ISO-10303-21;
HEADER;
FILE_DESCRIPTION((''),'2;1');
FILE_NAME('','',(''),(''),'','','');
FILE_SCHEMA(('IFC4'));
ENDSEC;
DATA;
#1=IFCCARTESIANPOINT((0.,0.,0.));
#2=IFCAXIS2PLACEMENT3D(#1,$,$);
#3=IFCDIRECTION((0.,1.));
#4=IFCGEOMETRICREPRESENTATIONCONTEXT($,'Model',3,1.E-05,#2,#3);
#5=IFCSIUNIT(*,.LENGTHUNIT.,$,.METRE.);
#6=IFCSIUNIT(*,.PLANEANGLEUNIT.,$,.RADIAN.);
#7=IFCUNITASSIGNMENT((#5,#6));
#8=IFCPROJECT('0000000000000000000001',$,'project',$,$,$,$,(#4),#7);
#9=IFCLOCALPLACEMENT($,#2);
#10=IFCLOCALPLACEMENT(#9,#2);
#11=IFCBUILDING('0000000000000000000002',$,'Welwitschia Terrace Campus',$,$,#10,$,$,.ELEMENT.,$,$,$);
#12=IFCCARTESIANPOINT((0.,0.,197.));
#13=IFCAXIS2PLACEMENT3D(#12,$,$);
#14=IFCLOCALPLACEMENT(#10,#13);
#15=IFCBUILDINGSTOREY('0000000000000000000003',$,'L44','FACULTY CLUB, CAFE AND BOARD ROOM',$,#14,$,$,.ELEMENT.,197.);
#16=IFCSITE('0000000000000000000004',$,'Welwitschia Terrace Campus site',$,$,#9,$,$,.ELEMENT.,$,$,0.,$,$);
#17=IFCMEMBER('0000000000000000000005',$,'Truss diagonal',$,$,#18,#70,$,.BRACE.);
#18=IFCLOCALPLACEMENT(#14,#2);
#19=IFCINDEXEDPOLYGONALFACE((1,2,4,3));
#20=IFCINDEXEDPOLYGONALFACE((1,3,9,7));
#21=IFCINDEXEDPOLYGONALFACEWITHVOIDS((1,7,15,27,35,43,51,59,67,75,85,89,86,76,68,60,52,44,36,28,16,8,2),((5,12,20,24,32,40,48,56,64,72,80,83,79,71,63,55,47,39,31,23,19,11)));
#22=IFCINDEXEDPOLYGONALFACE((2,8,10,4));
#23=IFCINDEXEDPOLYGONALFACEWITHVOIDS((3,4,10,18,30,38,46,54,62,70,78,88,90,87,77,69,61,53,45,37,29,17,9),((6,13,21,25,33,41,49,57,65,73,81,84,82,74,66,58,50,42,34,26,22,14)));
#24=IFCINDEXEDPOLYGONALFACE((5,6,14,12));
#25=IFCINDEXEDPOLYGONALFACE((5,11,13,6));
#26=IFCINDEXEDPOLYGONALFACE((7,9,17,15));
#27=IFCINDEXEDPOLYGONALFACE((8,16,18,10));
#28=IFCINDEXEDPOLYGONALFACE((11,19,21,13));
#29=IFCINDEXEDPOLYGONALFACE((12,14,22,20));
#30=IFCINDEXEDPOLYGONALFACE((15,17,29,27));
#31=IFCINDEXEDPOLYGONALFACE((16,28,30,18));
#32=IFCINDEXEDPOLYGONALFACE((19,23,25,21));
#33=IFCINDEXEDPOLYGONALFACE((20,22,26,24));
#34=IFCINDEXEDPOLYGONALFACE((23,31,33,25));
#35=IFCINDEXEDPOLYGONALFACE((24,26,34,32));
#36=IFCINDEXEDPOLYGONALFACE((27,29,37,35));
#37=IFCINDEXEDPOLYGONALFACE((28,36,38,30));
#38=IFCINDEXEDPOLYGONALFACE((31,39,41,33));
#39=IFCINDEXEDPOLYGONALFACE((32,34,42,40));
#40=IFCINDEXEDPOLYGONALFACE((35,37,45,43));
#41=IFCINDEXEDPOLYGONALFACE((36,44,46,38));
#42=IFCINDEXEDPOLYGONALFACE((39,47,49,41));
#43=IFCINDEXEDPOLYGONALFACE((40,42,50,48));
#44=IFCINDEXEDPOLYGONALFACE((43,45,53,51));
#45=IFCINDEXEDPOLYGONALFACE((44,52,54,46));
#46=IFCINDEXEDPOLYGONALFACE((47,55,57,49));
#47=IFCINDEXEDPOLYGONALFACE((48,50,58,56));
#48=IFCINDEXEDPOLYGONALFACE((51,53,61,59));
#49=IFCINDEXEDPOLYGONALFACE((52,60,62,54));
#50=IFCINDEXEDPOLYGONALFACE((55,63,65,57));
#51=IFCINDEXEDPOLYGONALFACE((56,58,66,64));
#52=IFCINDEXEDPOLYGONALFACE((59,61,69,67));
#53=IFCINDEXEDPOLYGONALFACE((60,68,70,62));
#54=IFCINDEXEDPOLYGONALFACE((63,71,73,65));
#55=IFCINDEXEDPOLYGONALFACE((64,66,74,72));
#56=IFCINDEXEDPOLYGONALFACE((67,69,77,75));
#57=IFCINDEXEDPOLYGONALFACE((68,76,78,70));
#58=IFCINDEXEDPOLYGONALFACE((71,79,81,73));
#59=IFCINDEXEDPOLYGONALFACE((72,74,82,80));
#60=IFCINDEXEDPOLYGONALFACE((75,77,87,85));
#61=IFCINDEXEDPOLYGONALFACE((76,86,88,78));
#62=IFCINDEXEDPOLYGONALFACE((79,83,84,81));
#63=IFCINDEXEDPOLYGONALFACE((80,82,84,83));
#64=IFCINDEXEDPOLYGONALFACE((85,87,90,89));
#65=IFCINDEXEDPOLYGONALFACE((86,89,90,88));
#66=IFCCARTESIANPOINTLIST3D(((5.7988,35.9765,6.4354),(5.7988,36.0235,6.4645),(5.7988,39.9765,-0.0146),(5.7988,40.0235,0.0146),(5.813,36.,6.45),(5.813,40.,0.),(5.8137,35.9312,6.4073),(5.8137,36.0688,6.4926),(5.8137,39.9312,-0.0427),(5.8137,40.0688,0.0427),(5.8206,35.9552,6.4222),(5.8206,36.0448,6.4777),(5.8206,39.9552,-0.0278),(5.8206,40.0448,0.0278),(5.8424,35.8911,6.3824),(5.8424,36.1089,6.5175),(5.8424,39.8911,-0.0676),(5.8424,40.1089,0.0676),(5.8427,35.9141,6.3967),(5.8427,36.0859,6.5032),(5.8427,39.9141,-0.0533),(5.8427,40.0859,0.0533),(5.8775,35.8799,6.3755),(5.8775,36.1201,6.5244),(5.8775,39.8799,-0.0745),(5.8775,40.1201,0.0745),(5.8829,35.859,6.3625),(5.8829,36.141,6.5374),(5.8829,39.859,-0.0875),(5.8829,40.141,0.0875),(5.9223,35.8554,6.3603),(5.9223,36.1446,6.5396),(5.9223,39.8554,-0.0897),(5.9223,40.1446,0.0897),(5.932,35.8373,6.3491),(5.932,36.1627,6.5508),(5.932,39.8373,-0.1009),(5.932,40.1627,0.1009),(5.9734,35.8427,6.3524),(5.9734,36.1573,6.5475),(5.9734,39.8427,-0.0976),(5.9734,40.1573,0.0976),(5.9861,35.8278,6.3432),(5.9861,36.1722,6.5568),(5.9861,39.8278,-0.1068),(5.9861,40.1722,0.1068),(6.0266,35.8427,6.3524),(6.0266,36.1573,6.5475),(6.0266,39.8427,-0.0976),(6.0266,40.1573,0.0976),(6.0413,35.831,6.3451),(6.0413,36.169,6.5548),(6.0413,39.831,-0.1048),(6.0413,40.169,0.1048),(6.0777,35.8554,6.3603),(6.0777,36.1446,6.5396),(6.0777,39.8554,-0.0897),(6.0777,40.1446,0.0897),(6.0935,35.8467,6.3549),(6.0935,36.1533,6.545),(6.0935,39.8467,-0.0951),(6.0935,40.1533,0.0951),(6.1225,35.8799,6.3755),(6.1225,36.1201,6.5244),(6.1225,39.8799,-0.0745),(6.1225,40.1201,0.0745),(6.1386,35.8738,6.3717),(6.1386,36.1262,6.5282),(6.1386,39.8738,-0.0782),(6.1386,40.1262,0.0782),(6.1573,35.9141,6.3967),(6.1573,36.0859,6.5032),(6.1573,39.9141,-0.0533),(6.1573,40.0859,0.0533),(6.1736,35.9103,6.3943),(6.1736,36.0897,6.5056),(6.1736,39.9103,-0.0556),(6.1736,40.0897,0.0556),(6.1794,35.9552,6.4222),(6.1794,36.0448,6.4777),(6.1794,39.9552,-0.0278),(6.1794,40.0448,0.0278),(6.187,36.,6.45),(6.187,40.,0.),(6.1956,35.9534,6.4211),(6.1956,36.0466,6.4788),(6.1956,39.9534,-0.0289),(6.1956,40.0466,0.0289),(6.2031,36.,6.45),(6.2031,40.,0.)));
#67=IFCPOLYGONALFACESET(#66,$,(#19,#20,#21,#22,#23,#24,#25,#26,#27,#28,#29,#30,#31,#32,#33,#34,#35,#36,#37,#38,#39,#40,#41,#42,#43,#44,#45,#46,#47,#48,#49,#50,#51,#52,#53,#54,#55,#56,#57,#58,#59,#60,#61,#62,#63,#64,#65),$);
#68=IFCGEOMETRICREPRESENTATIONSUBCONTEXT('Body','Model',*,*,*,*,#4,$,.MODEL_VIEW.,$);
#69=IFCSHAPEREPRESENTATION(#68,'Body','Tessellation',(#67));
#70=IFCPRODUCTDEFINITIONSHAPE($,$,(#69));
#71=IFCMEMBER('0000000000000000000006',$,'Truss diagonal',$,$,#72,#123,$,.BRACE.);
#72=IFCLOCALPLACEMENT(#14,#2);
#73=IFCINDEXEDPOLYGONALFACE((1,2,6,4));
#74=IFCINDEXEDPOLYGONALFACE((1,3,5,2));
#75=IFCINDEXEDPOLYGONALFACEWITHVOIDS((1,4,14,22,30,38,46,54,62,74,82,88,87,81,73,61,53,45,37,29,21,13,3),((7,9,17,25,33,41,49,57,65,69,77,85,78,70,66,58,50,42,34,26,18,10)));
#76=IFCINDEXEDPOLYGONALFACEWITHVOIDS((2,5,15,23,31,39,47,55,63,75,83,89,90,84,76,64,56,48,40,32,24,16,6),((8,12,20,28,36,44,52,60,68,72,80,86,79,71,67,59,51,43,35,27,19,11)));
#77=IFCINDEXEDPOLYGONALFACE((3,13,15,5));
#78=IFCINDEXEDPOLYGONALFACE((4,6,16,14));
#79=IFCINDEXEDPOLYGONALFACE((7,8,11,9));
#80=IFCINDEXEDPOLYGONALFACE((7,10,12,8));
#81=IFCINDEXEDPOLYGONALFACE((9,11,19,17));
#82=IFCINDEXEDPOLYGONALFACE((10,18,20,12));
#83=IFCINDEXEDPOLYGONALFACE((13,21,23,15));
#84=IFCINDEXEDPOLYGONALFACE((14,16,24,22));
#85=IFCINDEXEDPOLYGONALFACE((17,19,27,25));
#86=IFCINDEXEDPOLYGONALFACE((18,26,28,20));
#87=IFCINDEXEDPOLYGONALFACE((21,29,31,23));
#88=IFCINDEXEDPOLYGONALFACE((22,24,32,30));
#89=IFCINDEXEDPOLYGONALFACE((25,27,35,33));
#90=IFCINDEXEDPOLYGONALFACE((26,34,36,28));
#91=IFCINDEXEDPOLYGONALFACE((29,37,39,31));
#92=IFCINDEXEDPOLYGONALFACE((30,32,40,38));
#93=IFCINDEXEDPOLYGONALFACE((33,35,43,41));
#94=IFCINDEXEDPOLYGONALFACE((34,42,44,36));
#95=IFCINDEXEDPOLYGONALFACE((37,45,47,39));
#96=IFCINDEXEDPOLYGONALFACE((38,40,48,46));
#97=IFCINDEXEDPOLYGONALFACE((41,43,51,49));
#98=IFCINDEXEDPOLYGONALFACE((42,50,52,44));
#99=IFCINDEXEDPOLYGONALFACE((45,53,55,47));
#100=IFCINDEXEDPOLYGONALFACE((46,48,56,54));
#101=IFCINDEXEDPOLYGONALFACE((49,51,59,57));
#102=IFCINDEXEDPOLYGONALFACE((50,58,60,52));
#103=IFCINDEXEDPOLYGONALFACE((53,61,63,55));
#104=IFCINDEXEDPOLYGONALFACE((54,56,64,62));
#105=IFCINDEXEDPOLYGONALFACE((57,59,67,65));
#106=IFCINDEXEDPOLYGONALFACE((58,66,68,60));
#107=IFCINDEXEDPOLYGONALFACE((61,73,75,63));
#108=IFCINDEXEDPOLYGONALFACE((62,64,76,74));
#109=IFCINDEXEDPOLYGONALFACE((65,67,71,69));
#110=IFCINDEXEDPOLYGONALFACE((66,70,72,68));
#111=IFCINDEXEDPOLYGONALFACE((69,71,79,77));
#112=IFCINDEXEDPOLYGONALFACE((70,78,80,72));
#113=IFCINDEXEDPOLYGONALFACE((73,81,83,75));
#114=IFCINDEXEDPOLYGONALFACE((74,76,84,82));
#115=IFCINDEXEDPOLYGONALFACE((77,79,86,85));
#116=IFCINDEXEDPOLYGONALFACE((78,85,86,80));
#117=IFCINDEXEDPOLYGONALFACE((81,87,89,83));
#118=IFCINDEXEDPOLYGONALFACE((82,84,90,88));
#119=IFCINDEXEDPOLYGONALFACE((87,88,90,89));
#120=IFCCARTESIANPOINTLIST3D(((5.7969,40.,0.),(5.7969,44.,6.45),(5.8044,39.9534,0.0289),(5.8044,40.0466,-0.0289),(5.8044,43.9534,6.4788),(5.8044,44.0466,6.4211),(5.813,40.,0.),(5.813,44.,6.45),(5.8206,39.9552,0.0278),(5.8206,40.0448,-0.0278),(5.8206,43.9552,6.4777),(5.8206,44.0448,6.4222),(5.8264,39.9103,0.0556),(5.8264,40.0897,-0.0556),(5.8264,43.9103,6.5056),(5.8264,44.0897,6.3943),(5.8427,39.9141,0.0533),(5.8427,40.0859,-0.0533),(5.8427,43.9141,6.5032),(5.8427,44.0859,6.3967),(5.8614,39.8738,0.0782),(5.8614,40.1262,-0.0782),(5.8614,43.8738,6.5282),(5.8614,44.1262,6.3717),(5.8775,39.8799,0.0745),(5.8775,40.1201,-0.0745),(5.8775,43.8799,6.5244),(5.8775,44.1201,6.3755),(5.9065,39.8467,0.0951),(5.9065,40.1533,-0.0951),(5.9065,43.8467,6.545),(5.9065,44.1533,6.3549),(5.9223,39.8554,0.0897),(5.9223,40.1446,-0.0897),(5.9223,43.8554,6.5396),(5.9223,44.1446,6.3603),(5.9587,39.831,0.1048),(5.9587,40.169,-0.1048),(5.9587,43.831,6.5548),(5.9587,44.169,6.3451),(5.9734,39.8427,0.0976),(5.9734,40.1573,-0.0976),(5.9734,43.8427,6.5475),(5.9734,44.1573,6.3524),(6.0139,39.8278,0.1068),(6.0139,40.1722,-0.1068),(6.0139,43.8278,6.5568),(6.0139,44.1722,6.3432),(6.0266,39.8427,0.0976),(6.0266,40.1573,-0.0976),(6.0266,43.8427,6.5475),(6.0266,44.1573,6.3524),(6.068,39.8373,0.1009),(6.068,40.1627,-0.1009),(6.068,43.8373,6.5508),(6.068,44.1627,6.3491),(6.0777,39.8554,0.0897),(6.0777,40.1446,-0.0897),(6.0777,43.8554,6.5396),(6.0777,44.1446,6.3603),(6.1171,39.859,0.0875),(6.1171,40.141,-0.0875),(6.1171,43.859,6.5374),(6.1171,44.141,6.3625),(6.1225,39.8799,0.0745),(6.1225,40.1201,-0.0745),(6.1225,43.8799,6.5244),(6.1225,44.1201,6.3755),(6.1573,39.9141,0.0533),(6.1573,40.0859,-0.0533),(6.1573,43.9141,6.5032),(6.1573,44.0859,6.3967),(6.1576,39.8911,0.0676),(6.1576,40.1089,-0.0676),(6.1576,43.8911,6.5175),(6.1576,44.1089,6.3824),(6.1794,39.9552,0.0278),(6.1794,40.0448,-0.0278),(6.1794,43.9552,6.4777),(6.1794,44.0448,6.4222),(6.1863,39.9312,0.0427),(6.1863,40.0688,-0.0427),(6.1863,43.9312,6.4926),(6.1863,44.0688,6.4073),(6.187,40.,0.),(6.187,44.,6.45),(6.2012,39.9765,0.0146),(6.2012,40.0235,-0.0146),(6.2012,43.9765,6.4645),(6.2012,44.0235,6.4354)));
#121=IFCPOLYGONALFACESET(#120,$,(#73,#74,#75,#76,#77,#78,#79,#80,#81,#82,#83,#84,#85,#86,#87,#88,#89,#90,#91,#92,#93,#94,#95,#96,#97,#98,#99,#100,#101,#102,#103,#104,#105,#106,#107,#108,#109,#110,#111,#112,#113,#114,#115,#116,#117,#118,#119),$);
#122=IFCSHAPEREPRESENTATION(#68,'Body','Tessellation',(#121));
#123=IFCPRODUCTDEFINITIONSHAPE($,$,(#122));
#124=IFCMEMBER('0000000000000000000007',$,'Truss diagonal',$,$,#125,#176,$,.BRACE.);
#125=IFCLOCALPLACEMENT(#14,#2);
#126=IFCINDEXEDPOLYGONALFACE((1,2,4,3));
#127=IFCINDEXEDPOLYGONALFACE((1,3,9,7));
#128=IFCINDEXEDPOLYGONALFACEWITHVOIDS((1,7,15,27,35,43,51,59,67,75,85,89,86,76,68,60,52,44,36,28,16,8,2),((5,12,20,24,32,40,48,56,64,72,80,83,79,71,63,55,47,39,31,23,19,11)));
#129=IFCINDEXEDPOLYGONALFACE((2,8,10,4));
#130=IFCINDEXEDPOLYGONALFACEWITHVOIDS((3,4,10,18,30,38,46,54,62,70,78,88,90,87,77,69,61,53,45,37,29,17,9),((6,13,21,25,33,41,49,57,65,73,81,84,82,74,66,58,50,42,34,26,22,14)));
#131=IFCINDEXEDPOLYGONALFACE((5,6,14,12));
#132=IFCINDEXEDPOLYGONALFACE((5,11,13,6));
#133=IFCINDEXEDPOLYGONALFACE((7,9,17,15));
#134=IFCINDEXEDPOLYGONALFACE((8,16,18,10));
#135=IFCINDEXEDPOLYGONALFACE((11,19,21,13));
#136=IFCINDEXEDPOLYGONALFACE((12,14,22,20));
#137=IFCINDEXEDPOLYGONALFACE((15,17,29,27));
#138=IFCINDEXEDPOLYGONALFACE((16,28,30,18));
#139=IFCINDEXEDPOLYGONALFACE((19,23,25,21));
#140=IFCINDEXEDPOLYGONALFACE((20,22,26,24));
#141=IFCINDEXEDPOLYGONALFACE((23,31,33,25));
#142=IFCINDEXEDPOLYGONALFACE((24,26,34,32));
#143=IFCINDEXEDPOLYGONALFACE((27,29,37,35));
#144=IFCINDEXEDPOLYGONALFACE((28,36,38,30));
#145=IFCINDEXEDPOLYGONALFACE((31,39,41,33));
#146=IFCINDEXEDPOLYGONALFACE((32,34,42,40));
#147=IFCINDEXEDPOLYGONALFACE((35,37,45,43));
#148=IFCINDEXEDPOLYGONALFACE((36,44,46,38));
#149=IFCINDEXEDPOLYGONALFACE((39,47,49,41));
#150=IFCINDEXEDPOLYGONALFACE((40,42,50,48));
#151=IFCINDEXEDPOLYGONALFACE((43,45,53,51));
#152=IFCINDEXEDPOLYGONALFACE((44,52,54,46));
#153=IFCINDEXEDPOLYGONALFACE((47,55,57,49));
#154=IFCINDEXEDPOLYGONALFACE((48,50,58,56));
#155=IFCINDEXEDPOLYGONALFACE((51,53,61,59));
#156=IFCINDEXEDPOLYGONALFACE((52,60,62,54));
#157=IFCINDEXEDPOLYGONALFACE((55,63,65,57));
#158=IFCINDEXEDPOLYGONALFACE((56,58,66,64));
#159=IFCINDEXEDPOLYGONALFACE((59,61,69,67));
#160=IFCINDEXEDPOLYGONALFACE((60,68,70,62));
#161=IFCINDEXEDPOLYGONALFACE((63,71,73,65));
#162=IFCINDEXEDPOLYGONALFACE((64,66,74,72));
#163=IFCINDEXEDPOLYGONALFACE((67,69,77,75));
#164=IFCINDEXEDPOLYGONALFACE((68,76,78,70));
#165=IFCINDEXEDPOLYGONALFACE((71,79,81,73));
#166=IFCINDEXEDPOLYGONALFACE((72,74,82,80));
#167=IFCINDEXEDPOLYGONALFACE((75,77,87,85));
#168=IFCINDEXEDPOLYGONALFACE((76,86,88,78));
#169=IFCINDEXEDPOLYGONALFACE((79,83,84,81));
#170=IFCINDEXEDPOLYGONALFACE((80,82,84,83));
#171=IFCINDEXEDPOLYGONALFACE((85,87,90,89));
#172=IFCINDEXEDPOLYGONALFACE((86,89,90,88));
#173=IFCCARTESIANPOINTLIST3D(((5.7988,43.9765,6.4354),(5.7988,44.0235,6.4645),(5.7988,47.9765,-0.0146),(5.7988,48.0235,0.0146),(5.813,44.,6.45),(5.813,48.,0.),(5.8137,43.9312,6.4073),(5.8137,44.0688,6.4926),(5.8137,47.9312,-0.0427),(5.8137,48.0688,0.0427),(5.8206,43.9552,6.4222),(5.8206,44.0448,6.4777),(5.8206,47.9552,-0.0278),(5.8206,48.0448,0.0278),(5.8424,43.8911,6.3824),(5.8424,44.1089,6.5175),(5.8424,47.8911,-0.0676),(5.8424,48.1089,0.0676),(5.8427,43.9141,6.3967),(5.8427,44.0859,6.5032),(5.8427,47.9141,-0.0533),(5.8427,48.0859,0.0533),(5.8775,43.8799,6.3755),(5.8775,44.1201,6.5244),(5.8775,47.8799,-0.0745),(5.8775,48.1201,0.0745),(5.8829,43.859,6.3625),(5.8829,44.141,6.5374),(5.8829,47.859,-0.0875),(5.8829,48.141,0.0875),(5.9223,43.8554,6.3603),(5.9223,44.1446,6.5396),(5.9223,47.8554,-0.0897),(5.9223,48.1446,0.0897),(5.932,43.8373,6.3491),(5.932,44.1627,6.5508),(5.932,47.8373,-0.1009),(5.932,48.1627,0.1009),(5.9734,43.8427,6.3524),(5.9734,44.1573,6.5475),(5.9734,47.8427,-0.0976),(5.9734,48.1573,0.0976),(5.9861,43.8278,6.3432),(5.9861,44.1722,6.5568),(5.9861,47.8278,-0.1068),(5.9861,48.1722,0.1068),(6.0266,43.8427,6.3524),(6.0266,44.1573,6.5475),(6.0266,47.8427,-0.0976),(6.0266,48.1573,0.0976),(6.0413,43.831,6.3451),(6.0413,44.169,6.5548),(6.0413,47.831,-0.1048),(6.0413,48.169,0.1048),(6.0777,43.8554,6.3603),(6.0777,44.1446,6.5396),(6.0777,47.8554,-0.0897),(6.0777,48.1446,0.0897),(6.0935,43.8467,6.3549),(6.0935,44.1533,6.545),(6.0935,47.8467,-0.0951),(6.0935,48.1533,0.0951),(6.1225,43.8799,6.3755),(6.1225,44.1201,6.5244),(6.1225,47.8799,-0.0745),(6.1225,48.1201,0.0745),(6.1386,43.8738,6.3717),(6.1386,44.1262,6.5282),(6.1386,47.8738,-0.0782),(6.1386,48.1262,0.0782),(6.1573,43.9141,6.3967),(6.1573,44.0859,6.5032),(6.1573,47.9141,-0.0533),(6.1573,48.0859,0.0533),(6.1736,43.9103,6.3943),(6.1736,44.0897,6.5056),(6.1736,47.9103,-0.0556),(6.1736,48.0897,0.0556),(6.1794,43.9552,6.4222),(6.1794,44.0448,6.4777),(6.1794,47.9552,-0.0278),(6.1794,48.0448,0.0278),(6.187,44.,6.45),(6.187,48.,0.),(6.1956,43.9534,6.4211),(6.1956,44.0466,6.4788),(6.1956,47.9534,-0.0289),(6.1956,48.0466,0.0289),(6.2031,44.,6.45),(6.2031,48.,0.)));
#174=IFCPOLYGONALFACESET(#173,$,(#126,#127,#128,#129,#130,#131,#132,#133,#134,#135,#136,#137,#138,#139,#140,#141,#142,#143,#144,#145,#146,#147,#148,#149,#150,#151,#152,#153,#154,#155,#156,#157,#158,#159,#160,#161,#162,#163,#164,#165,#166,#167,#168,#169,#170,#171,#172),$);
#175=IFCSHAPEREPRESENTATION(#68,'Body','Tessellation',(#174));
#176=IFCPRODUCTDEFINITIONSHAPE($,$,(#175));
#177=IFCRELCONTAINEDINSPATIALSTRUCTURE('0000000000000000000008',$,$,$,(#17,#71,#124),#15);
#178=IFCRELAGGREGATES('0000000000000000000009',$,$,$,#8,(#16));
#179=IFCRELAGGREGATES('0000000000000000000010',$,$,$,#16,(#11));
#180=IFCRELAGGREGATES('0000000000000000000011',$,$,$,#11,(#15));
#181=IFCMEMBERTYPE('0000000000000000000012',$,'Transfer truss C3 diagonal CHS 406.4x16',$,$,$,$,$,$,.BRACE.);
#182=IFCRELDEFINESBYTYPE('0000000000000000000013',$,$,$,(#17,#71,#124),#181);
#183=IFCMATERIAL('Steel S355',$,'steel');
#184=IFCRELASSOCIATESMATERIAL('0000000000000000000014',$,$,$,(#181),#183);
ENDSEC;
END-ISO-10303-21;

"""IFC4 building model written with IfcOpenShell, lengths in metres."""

from ifc_helpers import new_model, si_unit, direction, frame, origin, origin_2d, place, context, subcontext, project, spatial, hollow_circle, extrude, material, material_profile, profile_set, type_object, element, save


model = new_model("IFC4")

# Units and contexts
model_context = context("Model", 3, precision=1e-05, world=origin(), true_north=direction((0.0, 1.0)))
body_context = subcontext(model_context, "Body", "Model", "MODEL_VIEW")
ifc_project = project(units=[si_unit("LENGTHUNIT", "METRE"), si_unit("PLANEANGLEUNIT", "RADIAN")], contexts=[model_context])

# Site, building, storey
site_placement = place(None, origin())
site = spatial("IfcSite", under=ifc_project, at=site_placement, Name="Welwitschia Terrace Campus site", CompositionType="ELEMENT", RefElevation=0.0)
building_placement = place(site_placement, origin())
building = spatial("IfcBuilding", under=site, at=building_placement, Name="Welwitschia Terrace Campus", CompositionType="ELEMENT")
storey_placement = place(building_placement, frame((0.0, 0.0, 197.0)))
storey = spatial("IfcBuildingStorey", under=building, at=storey_placement, Name="L44", Description="FACULTY CLUB, CAFE AND BOARD ROOM", CompositionType="ELEMENT", Elevation=197.0)

# Members
ifc_material_1 = material(Name="Steel S355", Category="steel")
ifc_material_profile_1 = material_profile(ifc_material_1, hollow_circle(Radius=0.2031, WallThickness=0.0161, at=origin_2d()))
ifc_profile_set_1 = profile_set([ifc_material_profile_1], Name="Steel S355")
member_type_1 = type_object("IfcMemberType", Name="Transfer truss C3 diagonal CHS 406.4x16", PredefinedType="BRACE", material=ifc_profile_set_1)
for number, where, z_axis, x_axis, name in (
    (1, (6.0, 40.0, 0.0), (0.0, -0.527038, 0.849842), (1.0, 0.0, 0.0), "Truss diagonal"),
    (2, (6.0, 40.0, 0.0), (0.0, 0.527038, 0.849842), (-1.0, 0.0, 0.0), "Truss diagonal"),
    (3, (6.0, 48.0, 0.0), (0.0, -0.527038, 0.849842), (1.0, 0.0, 0.0), "Truss diagonal"),
):
    element("IfcMember", number, at=place(storey_placement, frame(where, z_axis=z_axis, x_axis=x_axis)), inside=storey, type_object=member_type_1, Name=name, PredefinedType="BRACE", context=body_context, shape_type="SweptSolid", body=[
        extrude(hollow_circle(Radius=0.2031, WallThickness=0.0161, at=origin_2d()), origin(), (0.0, 0.0, 1.0), 7.5896),
    ])

save(model, "model.ifc")
